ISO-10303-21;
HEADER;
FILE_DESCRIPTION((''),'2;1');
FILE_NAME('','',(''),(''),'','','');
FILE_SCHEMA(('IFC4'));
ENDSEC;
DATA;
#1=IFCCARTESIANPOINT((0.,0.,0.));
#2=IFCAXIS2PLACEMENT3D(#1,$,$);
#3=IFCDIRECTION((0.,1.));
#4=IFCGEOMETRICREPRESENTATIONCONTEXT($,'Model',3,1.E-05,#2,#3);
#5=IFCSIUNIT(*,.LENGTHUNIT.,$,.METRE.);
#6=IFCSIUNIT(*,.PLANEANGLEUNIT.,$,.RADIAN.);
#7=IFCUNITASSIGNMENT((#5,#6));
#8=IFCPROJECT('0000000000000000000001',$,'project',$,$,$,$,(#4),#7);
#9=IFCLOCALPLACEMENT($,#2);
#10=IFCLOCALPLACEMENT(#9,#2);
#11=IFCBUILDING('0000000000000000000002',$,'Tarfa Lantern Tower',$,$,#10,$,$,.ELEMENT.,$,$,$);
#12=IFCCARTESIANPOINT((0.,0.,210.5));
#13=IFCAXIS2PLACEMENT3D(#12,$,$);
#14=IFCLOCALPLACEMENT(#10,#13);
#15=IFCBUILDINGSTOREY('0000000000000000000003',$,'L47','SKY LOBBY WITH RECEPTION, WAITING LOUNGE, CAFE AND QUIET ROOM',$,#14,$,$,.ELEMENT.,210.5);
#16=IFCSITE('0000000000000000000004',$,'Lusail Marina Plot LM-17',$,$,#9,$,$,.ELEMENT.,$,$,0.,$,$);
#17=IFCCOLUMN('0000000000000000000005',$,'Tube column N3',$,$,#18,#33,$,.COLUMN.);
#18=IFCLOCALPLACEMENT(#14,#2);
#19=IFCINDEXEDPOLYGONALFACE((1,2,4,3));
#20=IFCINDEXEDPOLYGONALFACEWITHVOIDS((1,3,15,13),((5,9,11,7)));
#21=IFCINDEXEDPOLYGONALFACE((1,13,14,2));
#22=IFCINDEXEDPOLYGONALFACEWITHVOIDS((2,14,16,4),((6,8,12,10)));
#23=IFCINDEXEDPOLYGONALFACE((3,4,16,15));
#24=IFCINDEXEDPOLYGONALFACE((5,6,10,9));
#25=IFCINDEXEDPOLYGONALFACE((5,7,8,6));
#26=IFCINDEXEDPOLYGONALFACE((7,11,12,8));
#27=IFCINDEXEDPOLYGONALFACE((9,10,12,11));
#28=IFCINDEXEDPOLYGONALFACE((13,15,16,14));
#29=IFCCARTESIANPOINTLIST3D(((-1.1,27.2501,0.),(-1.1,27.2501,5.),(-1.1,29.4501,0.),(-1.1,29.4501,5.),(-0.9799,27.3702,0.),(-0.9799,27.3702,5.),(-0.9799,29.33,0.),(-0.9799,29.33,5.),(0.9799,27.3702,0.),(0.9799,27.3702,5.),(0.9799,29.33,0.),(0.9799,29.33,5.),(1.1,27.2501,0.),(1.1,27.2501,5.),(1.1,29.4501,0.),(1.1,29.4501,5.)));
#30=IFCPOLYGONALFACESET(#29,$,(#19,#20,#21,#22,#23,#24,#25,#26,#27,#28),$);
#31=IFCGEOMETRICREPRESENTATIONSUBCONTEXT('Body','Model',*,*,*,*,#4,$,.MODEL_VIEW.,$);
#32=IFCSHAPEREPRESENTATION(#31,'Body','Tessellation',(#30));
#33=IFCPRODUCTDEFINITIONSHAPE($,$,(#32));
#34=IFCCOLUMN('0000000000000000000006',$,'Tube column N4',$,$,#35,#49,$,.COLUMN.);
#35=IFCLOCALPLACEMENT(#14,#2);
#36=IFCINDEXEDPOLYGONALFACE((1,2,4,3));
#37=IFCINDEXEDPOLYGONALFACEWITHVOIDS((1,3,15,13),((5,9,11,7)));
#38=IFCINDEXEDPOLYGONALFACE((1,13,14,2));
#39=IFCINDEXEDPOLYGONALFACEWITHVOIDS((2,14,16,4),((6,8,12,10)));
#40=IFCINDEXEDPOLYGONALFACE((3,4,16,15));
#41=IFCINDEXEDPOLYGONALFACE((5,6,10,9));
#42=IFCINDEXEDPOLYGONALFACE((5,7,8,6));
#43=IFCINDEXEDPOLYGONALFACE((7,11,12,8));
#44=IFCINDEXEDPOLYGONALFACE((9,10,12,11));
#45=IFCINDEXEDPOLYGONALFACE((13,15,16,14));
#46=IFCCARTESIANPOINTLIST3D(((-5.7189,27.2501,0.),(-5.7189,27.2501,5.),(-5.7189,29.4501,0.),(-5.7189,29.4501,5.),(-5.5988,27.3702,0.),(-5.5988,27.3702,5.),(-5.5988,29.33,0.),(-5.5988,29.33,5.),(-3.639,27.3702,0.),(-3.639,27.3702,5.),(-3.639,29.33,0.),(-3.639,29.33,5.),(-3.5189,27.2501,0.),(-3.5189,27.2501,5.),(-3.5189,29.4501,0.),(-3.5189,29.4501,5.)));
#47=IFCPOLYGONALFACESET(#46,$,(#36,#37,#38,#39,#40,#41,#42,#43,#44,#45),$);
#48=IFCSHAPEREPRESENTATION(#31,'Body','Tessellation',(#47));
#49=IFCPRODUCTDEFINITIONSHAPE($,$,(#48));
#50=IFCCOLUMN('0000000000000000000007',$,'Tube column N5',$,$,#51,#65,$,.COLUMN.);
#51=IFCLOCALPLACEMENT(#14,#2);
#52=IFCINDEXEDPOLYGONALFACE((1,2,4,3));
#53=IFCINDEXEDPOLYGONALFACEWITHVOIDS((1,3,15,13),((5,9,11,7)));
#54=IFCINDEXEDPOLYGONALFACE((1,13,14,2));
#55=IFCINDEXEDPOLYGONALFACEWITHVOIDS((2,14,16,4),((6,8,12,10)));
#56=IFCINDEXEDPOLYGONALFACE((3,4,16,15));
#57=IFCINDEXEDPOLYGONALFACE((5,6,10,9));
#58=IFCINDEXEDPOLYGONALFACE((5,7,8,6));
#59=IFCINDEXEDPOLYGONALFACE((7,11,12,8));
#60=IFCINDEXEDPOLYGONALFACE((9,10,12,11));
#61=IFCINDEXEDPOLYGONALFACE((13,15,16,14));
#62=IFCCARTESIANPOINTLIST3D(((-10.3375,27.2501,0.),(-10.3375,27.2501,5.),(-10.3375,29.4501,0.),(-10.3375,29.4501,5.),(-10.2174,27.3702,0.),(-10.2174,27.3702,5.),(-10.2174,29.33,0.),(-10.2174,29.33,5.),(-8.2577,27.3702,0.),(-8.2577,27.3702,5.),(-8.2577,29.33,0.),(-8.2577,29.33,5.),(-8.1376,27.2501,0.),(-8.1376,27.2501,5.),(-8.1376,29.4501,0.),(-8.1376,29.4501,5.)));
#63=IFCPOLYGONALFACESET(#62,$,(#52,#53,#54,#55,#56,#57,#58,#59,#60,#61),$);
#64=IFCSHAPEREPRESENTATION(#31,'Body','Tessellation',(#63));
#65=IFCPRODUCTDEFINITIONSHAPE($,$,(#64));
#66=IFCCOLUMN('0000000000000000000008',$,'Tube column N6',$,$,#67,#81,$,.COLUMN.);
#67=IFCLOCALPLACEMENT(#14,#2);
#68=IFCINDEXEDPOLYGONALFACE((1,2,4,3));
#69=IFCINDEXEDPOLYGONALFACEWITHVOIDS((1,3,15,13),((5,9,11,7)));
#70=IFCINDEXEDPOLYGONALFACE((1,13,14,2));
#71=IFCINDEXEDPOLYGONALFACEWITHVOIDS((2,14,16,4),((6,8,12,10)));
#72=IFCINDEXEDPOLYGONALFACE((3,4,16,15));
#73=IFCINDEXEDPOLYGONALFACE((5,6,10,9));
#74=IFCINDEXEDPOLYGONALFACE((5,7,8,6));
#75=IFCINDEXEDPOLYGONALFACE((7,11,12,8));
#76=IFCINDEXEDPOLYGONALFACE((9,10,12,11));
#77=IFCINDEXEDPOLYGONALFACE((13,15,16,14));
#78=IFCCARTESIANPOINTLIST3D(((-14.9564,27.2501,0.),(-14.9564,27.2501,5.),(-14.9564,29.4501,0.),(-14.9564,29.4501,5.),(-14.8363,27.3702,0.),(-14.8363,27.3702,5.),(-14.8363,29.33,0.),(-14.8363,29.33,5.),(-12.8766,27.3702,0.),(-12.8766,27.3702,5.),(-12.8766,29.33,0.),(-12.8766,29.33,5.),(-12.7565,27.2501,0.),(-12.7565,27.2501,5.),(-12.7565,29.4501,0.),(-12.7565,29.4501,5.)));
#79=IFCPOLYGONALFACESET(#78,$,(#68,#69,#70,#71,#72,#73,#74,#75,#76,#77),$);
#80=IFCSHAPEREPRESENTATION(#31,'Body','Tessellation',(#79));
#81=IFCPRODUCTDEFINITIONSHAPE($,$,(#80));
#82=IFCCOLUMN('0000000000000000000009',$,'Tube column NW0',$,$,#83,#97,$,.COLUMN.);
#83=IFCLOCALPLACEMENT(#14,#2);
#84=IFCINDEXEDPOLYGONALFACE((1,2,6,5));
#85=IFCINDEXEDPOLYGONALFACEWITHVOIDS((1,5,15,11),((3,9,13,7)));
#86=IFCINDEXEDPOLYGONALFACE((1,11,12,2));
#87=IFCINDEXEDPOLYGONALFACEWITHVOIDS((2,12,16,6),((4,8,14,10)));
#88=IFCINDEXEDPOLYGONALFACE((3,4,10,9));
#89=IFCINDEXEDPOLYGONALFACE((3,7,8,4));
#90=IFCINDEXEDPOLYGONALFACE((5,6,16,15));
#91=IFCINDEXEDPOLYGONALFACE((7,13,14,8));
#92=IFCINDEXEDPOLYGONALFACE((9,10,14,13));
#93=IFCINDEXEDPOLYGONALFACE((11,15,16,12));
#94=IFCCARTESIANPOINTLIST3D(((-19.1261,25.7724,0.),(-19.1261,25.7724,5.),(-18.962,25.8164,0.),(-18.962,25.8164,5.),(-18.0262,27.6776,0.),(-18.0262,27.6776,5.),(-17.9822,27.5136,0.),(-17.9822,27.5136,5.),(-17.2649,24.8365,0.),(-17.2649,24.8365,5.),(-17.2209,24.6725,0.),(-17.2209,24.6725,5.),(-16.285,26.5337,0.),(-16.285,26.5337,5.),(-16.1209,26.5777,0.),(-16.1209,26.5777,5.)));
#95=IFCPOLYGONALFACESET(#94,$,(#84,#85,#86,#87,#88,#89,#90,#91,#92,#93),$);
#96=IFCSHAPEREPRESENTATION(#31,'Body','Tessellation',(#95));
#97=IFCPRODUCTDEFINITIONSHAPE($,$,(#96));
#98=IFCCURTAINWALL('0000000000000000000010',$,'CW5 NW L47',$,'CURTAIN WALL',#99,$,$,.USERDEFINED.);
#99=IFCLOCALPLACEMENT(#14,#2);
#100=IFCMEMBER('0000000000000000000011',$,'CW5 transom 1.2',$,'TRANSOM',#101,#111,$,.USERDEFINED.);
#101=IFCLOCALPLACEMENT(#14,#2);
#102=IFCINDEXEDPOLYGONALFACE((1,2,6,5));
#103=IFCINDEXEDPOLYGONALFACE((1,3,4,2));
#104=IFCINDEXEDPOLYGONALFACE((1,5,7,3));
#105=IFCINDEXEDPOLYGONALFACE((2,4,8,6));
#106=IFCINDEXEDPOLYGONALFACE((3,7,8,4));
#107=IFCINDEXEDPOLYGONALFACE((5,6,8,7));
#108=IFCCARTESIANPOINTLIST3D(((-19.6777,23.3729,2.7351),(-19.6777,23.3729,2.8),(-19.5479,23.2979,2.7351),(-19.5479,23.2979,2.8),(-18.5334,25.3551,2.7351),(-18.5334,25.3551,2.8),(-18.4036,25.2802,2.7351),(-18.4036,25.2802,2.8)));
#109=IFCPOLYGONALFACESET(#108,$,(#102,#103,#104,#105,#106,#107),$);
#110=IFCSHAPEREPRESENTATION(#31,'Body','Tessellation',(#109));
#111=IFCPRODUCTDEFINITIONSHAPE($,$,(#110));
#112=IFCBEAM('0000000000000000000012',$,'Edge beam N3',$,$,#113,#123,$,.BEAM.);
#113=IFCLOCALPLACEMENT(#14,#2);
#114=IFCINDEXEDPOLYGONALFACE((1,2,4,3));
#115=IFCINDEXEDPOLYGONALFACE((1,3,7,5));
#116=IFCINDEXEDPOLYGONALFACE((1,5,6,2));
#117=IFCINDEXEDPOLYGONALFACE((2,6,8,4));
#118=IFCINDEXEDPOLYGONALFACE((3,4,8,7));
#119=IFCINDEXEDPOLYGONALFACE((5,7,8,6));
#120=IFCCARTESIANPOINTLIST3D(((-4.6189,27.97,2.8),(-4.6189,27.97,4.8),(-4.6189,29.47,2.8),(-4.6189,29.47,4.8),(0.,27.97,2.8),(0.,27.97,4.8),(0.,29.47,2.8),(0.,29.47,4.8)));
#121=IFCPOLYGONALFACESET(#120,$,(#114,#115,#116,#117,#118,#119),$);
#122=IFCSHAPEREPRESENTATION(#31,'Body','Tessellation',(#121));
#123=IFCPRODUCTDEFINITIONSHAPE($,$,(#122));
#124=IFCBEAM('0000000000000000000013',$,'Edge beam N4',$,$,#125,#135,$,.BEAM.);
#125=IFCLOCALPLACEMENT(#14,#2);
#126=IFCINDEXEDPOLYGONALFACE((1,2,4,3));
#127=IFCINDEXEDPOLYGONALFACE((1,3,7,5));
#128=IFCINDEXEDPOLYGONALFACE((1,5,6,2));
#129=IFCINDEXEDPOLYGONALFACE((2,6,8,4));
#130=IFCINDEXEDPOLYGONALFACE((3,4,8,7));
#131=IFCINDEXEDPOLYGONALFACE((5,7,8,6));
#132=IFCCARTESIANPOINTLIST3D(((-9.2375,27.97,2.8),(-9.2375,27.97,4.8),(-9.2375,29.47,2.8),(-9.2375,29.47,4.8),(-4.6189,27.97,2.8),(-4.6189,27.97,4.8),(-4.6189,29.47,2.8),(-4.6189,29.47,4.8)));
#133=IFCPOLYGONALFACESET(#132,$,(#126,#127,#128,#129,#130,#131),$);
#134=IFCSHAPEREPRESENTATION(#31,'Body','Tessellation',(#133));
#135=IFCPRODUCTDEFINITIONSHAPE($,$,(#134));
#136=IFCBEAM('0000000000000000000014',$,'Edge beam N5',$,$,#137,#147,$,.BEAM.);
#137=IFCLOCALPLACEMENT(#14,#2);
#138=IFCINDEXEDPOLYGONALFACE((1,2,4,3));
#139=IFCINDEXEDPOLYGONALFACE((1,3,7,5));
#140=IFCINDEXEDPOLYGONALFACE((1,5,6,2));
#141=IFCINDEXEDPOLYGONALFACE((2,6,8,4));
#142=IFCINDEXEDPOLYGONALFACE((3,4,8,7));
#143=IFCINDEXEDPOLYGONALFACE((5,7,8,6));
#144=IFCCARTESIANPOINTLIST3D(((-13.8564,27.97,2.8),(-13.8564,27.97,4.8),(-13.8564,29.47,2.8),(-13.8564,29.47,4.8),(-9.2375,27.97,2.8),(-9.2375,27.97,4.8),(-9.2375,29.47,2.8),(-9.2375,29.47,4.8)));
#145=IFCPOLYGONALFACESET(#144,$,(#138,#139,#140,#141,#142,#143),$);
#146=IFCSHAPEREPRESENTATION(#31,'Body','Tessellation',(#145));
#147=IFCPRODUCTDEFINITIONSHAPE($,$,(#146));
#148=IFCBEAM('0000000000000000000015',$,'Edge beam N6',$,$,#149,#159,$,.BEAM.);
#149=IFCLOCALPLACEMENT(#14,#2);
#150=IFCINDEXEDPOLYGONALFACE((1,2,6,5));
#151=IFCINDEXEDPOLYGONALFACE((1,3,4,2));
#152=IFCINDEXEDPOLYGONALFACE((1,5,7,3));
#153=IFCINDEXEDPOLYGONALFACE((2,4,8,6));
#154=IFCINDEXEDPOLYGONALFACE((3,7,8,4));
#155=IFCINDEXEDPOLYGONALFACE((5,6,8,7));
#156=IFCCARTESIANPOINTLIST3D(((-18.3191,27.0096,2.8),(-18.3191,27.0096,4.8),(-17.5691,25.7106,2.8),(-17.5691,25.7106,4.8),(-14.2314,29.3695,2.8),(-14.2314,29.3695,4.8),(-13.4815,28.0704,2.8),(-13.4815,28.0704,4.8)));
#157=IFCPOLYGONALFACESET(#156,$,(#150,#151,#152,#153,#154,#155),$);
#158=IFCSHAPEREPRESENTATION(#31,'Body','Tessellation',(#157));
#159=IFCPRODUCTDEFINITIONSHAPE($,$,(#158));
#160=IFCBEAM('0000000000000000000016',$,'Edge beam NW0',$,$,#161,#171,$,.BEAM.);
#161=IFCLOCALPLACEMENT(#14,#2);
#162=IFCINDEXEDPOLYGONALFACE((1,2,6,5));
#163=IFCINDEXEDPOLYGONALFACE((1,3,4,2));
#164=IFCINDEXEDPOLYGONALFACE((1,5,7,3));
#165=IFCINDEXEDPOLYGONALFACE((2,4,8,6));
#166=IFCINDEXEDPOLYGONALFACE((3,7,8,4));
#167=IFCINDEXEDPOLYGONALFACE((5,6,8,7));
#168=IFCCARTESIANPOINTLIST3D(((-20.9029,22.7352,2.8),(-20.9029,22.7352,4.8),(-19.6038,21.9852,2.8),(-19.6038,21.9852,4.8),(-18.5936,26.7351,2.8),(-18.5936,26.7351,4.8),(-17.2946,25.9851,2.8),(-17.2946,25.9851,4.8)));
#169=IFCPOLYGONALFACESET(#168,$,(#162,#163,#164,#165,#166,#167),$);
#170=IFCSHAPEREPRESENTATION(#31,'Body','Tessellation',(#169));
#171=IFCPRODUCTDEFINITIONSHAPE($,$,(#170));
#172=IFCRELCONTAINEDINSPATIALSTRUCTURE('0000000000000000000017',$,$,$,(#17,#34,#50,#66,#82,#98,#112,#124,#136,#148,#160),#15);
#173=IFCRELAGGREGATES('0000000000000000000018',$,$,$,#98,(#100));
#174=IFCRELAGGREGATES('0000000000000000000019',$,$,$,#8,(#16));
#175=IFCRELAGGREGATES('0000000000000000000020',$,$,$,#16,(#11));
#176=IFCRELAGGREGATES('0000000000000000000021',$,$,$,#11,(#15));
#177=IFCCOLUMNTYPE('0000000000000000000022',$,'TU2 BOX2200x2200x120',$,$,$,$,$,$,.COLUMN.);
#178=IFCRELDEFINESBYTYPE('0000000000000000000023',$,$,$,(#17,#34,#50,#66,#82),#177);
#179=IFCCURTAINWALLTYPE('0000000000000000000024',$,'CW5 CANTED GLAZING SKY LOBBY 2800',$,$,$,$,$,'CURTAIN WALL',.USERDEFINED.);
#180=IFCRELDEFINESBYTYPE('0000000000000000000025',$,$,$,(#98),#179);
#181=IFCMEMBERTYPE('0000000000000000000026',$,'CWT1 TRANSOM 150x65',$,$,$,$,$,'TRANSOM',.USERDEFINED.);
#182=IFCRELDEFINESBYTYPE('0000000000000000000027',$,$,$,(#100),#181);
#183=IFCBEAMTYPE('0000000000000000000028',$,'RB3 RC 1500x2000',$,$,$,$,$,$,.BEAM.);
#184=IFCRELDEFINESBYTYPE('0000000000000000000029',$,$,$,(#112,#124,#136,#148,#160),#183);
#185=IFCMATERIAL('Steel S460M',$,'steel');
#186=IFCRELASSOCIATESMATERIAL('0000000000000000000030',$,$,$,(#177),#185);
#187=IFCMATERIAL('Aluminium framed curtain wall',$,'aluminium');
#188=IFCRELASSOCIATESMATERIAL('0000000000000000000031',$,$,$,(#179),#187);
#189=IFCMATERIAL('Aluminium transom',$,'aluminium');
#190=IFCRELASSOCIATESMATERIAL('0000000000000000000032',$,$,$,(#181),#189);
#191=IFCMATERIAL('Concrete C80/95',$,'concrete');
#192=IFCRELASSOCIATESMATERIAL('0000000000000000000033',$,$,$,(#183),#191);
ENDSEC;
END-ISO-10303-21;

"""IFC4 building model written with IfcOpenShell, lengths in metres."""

from ifc_helpers import new_model, si_unit, direction, frame, origin, origin_2d, place, context, subcontext, project, spatial, rectangle, hollow_rectangle, extrude, material, material_profile, profile_set, type_object, element, aggregate, save


model = new_model("IFC4")

# Units and contexts
model_context = context("Model", 3, precision=1e-05, world=origin(), true_north=direction((0.0, 1.0)))
body_context = subcontext(model_context, "Body", "Model", "MODEL_VIEW")
ifc_project = project(units=[si_unit("LENGTHUNIT", "METRE"), si_unit("PLANEANGLEUNIT", "RADIAN")], contexts=[model_context])

# Site, building, storey
site_placement = place(None, origin())
site = spatial("IfcSite", under=ifc_project, at=site_placement, Name="Lusail Marina Plot LM-17", CompositionType="ELEMENT", RefElevation=0.0)
building_placement = place(site_placement, origin())
building = spatial("IfcBuilding", under=site, at=building_placement, Name="Tarfa Lantern Tower", CompositionType="ELEMENT")
storey_placement = place(building_placement, frame((0.0, 0.0, 210.5)))
storey = spatial("IfcBuildingStorey", under=building, at=storey_placement, Name="L47", Description="SKY LOBBY WITH RECEPTION, WAITING LOUNGE, CAFE AND QUIET ROOM", CompositionType="ELEMENT", Elevation=210.5)

# Columns
ifc_material_1 = material(Name="Steel S460M", Category="steel")
ifc_material_profile_1 = material_profile(ifc_material_1, hollow_rectangle(XDim=2.2, YDim=2.2, WallThickness=0.1201, at=origin_2d()), Name="BOX2200x2200x120")
ifc_profile_set_1 = profile_set([ifc_material_profile_1], Name="Steel S460M")
column_type = type_object("IfcColumnType", Name="TU2 BOX2200x2200x120", PredefinedType="COLUMN", material=ifc_profile_set_1)
for number, where, z_axis, x_axis, name in (
    (1, (0.0, 28.3501, 0.0), (0.0, 0.0, 1.0), (-1.0, 0.0, 0.0), "Tube column N3"),
    (2, (-4.6189, 28.3501, 0.0), (0.0, 0.0, 1.0), (-1.0, 0.0, 0.0), "Tube column N4"),
    (3, (-9.2375, 28.3501, 0.0), (0.0, 0.0, 1.0), (-1.0, 0.0, 0.0), "Tube column N5"),
    (4, (-13.8564, 28.3501, 0.0), (0.0, 0.0, 1.0), (-1.0, 0.0, 0.0), "Tube column N6"),
    (5, (-17.6235, 26.175, 0.0), (0.0, 0.0, 1.0), (-0.5, -0.866025, 0.0), "Tube column NW0"),
):
    element("IfcColumn", number, at=place(storey_placement, frame(where, z_axis=z_axis, x_axis=x_axis)), inside=storey, type_object=column_type, Name=name, PredefinedType="COLUMN", context=body_context, shape_type="SweptSolid", body=[
        extrude(hollow_rectangle(XDim=2.2, YDim=2.2, WallThickness=0.1201, at=origin_2d()), origin(), (0.0, 0.0, 1.0), 5.0),
    ])

# Curtain wall, member
ifc_material_2 = material(Name="Aluminium framed curtain wall", Category="aluminium")
curtain_wall_type = type_object("IfcCurtainWallType", Name="CW5 CANTED GLAZING SKY LOBBY 2800", ElementType="CURTAIN WALL", PredefinedType="USERDEFINED", material=ifc_material_2)
curtain_wall_placement = place(storey_placement, origin())
curtain_wall = element("IfcCurtainWall", 6, at=curtain_wall_placement, inside=storey, type_object=curtain_wall_type, Name="CW5 NW L47", ObjectType="CURTAIN WALL", PredefinedType="USERDEFINED")
ifc_material_3 = material(Name="Aluminium transom", Category="aluminium")
ifc_material_profile_2 = material_profile(ifc_material_3, rectangle(XDim=0.1499, YDim=0.0649, at=origin_2d()), Name="AL TRANSOM 150x65")
ifc_profile_set_2 = profile_set([ifc_material_profile_2], Name="Aluminium transom")
member_type = type_object("IfcMemberType", Name="CWT1 TRANSOM 150x65", ElementType="TRANSOM", PredefinedType="USERDEFINED", material=ifc_profile_set_2)
member_placement = place(storey_placement, frame((-18.4685, 25.3176, 2.7676), z_axis=(-0.499959, -0.866049, 0.0), x_axis=(0.866049, -0.499959, 0.0)))
member = element("IfcMember", 7, at=member_placement, type_object=member_type, Name="CW5 transom 1.2", ObjectType="TRANSOM", PredefinedType="USERDEFINED", context=body_context, shape_type="SweptSolid", body=[
    extrude(rectangle(XDim=0.1499, YDim=0.0649, at=origin_2d()), origin(), (0.0, 0.0, 1.0), 2.2888),
])
aggregate(curtain_wall, [member])

# Beams
ifc_material_4 = material(Name="Concrete C80/95", Category="concrete")
ifc_material_profile_3 = material_profile(ifc_material_4, rectangle(XDim=1.5, YDim=2.0, at=origin_2d()), Name="RC 1500x2000")
ifc_profile_set_3 = profile_set([ifc_material_profile_3], Name="Concrete C80/95")
beam_type_1 = type_object("IfcBeamType", Name="RB3 RC 1500x2000", PredefinedType="BEAM", material=ifc_profile_set_3)
beam_1_placement = place(storey_placement, frame((0.0, 28.72, 3.8), z_axis=(-1.0, 0.0, 0.0), x_axis=(0.0, -1.0, 0.0)))
element("IfcBeam", 8, at=beam_1_placement, inside=storey, type_object=beam_type_1, Name="Edge beam N3", PredefinedType="BEAM", context=body_context, shape_type="SweptSolid", body=[
    extrude(rectangle(XDim=1.5, YDim=2.0, at=origin_2d()), origin(), (0.0, 0.0, 1.0), 4.6189),
])
beam_2_placement = place(storey_placement, frame((-4.6189, 28.72, 3.8), z_axis=(-1.0, 0.0, 0.0), x_axis=(0.0, -1.0, 0.0)))
element("IfcBeam", 9, at=beam_2_placement, inside=storey, type_object=beam_type_1, Name="Edge beam N4", PredefinedType="BEAM", context=body_context, shape_type="SweptSolid", body=[
    extrude(rectangle(XDim=1.5, YDim=2.0, at=origin_2d()), origin(), (0.0, 0.0, 1.0), 4.6187),
])
beam_3_placement = place(storey_placement, frame((-9.2375, 28.72, 3.8), z_axis=(-1.0, 0.0, 0.0), x_axis=(0.0, -1.0, 0.0)))
element("IfcBeam", 10, at=beam_3_placement, inside=storey, type_object=beam_type_1, Name="Edge beam N5", PredefinedType="BEAM", context=body_context, shape_type="SweptSolid", body=[
    extrude(rectangle(XDim=1.5, YDim=2.0, at=origin_2d()), origin(), (0.0, 0.0, 1.0), 4.6189),
])
beam_4_placement = place(storey_placement, frame((-13.8564, 28.72, 3.8), z_axis=(-0.866038, -0.499978, 0.0), x_axis=(0.499978, -0.866038, 0.0)))
element("IfcBeam", 11, at=beam_4_placement, inside=storey, type_object=beam_type_1, Name="Edge beam N6", PredefinedType="BEAM", context=body_context, shape_type="SweptSolid", body=[
    extrude(rectangle(XDim=1.5, YDim=2.0, at=origin_2d()), origin(), (0.0, 0.0, 1.0), 4.72),
])
beam_5_placement = place(storey_placement, frame((-17.9441, 26.3601, 3.8), z_axis=(-0.499988, -0.866032, 0.0), x_axis=(0.866032, -0.499988, 0.0)))
element("IfcBeam", 12, at=beam_5_placement, inside=storey, type_object=beam_type_1, Name="Edge beam NW0", PredefinedType="BEAM", context=body_context, shape_type="SweptSolid", body=[
    extrude(rectangle(XDim=1.5, YDim=2.0, at=origin_2d()), origin(), (0.0, 0.0, 1.0), 4.6187),
])

save(model, "model.ifc")
